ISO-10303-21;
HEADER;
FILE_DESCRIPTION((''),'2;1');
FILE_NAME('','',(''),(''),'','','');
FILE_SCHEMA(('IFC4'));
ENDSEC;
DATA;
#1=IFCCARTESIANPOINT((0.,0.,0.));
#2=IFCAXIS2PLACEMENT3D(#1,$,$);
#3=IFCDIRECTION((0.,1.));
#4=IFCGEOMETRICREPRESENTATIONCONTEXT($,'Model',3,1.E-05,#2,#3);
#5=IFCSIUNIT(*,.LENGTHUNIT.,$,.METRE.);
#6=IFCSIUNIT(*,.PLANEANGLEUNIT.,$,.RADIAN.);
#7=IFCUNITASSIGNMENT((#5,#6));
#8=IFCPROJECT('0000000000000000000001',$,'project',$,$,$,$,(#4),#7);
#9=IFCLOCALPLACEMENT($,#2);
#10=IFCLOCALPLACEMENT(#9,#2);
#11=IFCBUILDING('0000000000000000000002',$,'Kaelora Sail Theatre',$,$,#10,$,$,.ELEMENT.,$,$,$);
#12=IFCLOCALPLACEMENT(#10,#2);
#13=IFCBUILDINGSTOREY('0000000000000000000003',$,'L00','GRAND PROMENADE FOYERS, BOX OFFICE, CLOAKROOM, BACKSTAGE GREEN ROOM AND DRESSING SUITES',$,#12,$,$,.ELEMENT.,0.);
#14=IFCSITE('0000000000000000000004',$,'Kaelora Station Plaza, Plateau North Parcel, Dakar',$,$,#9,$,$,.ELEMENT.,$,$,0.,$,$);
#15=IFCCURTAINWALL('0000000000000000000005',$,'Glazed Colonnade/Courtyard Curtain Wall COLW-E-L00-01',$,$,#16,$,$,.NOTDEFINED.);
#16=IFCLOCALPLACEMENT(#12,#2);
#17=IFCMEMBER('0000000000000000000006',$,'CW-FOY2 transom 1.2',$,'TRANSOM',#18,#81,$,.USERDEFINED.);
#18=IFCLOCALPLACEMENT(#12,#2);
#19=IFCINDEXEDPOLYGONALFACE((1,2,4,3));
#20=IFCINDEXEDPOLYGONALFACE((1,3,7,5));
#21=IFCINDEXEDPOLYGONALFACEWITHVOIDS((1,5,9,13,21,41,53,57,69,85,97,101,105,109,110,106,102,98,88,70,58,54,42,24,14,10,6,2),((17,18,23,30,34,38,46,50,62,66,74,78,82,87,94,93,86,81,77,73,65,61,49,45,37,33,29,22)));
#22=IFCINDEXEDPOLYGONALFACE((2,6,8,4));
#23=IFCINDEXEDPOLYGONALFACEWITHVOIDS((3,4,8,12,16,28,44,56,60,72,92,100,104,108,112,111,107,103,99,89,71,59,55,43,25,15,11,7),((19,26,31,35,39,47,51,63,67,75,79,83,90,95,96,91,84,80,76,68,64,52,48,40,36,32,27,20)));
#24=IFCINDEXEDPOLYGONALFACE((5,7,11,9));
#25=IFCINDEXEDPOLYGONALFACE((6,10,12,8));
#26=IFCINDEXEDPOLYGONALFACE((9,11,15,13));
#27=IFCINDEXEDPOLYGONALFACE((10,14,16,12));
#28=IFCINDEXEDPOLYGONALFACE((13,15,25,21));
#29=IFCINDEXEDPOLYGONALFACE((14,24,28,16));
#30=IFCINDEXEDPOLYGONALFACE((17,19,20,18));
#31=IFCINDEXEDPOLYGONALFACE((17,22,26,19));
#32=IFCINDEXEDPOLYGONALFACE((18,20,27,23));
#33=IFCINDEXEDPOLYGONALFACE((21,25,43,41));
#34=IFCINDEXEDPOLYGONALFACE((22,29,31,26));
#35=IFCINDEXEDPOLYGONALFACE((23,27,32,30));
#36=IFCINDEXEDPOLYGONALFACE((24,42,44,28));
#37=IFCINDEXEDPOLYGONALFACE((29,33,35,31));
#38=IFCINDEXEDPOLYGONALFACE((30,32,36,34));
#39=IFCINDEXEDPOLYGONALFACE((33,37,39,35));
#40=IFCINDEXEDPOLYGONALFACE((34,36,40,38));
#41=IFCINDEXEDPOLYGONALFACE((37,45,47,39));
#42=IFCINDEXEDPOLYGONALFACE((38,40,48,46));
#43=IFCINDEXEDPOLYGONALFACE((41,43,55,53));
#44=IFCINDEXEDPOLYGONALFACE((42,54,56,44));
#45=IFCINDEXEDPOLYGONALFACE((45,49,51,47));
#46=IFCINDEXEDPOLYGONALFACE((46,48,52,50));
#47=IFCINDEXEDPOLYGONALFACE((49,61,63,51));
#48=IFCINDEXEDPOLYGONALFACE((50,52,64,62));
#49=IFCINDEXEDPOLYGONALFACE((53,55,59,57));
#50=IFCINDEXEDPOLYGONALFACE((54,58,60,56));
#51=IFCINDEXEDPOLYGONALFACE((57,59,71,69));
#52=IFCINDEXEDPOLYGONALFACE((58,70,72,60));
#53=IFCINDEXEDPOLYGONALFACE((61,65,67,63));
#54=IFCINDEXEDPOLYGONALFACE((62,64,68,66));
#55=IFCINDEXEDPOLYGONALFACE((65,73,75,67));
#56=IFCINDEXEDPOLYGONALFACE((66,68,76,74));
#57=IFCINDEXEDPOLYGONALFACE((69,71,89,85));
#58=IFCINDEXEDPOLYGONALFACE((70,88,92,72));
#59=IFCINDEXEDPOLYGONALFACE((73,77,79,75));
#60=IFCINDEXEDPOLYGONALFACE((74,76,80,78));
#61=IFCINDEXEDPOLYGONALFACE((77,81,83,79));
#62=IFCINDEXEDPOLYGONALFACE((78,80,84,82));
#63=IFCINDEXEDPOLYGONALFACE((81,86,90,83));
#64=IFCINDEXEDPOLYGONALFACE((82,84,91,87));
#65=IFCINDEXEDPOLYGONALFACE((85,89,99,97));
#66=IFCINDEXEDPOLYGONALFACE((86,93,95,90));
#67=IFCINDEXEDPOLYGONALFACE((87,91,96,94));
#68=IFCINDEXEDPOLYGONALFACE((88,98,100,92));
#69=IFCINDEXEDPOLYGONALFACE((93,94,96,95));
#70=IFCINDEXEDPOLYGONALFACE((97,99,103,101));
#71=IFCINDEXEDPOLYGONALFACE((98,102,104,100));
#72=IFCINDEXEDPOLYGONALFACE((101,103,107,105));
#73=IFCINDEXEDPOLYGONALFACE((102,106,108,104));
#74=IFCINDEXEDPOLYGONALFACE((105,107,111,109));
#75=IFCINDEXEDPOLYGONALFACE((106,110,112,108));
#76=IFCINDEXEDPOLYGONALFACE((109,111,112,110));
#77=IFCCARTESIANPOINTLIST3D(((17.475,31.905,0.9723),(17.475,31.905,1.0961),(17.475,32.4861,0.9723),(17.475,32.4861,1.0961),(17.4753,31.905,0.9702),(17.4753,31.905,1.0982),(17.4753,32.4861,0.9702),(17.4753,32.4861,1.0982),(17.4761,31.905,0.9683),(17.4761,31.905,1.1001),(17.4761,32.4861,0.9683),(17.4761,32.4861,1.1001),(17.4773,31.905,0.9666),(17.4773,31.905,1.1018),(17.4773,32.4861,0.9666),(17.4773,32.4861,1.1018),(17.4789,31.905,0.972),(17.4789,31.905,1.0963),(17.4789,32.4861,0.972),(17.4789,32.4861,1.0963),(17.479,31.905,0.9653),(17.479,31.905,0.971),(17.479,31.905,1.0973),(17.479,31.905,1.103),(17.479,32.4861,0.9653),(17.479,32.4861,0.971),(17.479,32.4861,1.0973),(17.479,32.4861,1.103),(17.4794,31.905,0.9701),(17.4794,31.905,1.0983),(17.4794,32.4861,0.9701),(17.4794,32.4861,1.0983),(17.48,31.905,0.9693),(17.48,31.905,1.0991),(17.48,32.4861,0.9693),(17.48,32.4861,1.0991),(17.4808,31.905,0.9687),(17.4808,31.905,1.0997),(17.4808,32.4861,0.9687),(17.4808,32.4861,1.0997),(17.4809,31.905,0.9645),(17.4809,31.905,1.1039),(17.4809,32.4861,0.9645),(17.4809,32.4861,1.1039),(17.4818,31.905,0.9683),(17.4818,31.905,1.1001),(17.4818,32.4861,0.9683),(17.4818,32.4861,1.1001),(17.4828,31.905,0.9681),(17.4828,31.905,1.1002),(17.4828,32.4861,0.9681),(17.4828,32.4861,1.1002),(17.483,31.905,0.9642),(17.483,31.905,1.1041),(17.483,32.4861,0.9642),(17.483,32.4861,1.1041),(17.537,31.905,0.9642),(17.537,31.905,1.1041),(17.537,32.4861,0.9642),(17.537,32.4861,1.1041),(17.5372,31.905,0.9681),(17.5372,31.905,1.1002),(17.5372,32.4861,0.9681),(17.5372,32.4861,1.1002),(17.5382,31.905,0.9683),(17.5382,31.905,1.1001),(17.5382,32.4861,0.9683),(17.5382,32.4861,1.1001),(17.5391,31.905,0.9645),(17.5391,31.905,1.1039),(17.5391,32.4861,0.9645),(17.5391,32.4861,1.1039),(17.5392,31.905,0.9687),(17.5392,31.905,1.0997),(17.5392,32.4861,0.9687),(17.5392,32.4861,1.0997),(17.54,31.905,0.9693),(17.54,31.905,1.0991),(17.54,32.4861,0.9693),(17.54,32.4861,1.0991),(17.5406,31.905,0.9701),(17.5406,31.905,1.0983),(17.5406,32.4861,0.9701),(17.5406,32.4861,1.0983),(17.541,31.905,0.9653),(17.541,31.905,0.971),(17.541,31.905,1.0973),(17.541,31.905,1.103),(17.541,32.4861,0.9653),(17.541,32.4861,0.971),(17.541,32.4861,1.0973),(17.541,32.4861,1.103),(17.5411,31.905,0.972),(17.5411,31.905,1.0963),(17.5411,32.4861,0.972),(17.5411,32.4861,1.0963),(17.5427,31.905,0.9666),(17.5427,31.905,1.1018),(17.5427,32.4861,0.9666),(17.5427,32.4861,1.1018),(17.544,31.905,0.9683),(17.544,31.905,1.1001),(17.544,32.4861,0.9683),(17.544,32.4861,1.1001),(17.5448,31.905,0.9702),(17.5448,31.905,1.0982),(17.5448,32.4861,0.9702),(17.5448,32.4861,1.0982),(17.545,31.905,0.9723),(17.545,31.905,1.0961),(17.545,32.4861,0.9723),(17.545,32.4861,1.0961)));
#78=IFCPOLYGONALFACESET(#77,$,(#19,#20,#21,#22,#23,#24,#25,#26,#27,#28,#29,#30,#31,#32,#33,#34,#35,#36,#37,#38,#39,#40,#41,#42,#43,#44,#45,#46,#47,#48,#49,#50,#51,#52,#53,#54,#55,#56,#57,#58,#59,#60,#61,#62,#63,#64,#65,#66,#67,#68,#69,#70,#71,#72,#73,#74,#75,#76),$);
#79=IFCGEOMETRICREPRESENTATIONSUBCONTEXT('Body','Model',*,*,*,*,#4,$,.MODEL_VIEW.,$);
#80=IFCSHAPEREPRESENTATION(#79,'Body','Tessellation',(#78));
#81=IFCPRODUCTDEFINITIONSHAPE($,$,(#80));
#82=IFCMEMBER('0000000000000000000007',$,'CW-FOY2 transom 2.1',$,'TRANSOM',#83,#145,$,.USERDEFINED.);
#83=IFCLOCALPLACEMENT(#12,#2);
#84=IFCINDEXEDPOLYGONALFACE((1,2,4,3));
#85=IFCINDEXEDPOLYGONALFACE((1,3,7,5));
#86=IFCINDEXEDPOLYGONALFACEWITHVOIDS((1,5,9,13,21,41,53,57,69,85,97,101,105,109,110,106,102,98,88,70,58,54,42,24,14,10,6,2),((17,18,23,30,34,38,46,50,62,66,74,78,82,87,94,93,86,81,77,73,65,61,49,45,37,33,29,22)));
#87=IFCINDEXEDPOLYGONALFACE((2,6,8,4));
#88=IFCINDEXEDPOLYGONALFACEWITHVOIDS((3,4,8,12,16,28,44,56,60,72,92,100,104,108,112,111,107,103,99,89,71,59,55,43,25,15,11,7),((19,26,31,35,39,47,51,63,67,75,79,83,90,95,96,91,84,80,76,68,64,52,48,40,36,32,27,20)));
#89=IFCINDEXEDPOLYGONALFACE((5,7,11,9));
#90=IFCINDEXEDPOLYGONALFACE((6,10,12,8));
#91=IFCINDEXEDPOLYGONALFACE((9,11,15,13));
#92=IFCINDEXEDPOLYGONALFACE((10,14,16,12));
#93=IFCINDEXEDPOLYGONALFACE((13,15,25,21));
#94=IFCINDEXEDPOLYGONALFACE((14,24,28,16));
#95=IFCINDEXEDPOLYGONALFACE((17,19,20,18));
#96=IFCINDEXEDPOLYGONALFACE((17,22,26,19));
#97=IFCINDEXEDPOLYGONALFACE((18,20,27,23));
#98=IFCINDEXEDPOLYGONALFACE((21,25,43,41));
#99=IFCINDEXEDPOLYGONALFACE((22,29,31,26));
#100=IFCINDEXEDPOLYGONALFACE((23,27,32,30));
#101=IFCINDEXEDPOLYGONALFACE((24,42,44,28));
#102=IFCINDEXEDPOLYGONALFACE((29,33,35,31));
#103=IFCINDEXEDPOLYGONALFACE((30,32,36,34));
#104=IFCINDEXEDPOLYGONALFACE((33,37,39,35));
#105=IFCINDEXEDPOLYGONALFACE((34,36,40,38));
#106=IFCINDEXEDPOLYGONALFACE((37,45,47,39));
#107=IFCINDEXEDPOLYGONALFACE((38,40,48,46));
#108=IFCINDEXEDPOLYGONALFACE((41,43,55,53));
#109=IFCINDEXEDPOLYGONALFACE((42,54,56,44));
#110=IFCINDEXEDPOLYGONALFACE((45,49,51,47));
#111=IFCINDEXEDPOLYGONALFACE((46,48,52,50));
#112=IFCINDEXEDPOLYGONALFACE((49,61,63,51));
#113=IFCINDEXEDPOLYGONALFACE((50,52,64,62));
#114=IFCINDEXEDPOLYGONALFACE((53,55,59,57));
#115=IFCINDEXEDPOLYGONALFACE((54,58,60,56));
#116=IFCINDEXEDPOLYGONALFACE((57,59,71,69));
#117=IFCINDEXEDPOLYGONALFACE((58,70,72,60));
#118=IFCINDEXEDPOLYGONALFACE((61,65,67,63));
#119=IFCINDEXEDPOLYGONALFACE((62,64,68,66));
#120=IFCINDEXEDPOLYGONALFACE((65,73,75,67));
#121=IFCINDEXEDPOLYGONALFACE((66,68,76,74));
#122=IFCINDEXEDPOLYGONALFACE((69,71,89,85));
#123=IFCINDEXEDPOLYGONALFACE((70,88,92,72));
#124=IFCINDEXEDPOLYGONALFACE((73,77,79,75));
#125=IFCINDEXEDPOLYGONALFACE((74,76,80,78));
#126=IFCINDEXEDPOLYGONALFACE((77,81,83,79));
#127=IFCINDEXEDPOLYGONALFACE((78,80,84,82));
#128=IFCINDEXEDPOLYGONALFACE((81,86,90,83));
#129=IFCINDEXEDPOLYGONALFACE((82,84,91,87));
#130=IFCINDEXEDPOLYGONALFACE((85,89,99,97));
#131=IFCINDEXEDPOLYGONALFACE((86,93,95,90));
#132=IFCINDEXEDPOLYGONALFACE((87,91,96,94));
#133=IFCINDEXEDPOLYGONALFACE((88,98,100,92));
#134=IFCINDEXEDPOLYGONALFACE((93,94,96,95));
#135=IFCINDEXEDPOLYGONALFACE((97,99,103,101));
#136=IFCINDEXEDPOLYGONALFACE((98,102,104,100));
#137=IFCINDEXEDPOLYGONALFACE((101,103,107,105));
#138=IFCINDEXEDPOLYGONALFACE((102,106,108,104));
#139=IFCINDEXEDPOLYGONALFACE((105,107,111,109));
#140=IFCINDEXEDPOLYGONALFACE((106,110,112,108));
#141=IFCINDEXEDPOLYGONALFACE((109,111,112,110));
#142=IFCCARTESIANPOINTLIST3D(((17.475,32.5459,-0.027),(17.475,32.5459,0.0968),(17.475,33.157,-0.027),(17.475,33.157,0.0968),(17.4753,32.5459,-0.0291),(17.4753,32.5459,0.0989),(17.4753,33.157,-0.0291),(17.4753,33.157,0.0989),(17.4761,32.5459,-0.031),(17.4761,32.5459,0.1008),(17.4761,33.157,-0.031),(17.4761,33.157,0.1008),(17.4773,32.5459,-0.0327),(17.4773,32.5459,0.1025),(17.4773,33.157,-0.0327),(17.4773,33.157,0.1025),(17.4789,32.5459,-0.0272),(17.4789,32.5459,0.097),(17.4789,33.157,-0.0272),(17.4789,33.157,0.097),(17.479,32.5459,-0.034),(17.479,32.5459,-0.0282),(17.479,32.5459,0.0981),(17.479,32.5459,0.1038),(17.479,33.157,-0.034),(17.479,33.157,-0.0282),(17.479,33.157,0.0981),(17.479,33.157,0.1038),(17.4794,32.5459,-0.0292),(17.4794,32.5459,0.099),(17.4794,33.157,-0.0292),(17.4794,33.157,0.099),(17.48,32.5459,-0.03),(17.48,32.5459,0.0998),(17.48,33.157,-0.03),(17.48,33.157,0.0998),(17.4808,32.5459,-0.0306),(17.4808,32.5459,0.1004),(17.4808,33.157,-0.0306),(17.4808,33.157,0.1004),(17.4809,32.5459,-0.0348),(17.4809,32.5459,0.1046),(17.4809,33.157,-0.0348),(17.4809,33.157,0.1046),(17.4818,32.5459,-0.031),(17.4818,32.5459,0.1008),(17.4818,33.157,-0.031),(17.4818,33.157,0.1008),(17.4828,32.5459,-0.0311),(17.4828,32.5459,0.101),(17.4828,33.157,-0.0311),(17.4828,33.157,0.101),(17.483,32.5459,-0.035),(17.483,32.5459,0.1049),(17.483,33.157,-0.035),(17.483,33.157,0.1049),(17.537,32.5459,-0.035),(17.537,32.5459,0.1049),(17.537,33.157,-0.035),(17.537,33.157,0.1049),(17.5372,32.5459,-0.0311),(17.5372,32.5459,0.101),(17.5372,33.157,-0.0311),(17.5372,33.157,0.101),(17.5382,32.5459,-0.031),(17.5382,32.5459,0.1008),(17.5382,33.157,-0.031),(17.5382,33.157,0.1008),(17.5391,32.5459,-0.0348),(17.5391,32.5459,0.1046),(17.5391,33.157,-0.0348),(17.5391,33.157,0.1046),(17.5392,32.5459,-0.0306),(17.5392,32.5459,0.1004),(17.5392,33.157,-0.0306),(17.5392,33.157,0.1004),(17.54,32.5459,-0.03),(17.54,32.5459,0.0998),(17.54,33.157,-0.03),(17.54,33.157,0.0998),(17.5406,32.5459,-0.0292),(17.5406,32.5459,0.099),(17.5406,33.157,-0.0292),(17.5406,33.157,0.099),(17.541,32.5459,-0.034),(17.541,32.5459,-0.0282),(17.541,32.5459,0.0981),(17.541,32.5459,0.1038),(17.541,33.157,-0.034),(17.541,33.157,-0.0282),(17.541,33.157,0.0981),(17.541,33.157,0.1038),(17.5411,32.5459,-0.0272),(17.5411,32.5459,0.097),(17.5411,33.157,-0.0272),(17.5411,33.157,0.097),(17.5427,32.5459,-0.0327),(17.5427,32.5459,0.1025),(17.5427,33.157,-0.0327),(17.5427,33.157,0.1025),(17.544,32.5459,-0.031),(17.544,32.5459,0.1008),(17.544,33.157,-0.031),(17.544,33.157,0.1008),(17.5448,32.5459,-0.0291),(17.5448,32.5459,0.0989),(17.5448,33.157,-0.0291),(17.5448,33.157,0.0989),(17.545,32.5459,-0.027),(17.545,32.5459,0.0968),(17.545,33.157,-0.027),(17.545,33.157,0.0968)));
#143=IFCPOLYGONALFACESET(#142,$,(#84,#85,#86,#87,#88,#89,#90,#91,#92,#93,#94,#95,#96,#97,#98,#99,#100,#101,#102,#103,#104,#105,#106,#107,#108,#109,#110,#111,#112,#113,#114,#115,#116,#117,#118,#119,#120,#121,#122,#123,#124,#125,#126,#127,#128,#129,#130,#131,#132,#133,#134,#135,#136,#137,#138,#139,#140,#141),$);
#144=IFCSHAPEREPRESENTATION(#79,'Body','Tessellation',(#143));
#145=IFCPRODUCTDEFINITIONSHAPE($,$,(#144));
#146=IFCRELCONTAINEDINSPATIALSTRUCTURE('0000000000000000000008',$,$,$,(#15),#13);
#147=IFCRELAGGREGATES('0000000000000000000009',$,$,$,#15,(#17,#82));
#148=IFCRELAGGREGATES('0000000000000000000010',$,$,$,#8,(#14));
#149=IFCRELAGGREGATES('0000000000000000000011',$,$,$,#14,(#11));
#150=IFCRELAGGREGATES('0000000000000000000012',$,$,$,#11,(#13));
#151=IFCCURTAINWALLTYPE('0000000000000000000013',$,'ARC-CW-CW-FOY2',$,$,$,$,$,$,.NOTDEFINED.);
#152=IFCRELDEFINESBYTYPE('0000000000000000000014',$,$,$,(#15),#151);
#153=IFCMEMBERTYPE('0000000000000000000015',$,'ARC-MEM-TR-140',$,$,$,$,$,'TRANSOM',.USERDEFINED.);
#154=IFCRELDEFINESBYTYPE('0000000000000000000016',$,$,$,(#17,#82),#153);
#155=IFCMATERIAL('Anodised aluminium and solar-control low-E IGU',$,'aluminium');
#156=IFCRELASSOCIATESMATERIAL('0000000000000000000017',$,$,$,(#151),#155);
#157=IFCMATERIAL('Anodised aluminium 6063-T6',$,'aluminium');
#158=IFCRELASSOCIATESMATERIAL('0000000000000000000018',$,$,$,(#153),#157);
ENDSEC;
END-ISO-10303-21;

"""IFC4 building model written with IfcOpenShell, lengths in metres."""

from ifc_helpers import new_model, si_unit, direction, frame, origin, origin_2d, place, context, subcontext, project, spatial, hollow_rectangle, extrude, material, material_profile, profile_set, type_object, element, aggregate, save


model = new_model("IFC4")

# Units and contexts
model_context = context("Model", 3, precision=1e-05, world=origin(), true_north=direction((0.0, 1.0)))
body_context = subcontext(model_context, "Body", "Model", "MODEL_VIEW")
ifc_project = project(units=[si_unit("LENGTHUNIT", "METRE"), si_unit("PLANEANGLEUNIT", "RADIAN")], contexts=[model_context])

# Site, building, storey
site_placement = place(None, origin())
site = spatial("IfcSite", under=ifc_project, at=site_placement, Name="Kaelora Station Plaza, Plateau North Parcel, Dakar", CompositionType="ELEMENT", RefElevation=0.0)
building_placement = place(site_placement, origin())
building = spatial("IfcBuilding", under=site, at=building_placement, Name="Kaelora Sail Theatre", CompositionType="ELEMENT")
storey_placement = place(building_placement, origin())
storey = spatial("IfcBuildingStorey", under=building, at=storey_placement, Name="L00", Description="GRAND PROMENADE FOYERS, BOX OFFICE, CLOAKROOM, BACKSTAGE GREEN ROOM AND DRESSING SUITES", CompositionType="ELEMENT", Elevation=0.0)

# Curtain wall, members
ifc_material_1 = material(Name="Anodised aluminium and solar-control low-E IGU", Category="aluminium")
curtain_wall_type = type_object("IfcCurtainWallType", Name="ARC-CW-CW-FOY2", PredefinedType="NOTDEFINED", material=ifc_material_1)
curtain_wall_placement = place(storey_placement, origin())
curtain_wall = element("IfcCurtainWall", 1, at=curtain_wall_placement, inside=storey, type_object=curtain_wall_type, Name="Glazed Colonnade/Courtyard Curtain Wall COLW-E-L00-01", PredefinedType="NOTDEFINED")
ifc_material_2 = material(Name="Anodised aluminium 6063-T6", Category="aluminium")
ifc_material_profile_1 = material_profile(ifc_material_2, hollow_rectangle(XDim=0.0701, YDim=0.1399, WallThickness=0.0039, InnerFilletRadius=0.0039, OuterFilletRadius=0.0081, at=origin_2d()), Name="ALU-TRAN 70x140x4")
ifc_profile_set_1 = profile_set([ifc_material_profile_1], Name="Anodised aluminium 6063-T6")
member_type_1 = type_object("IfcMemberType", Name="ARC-MEM-TR-140", ElementType="TRANSOM", PredefinedType="USERDEFINED", material=ifc_profile_set_1)
member_1_placement = place(storey_placement, frame((17.51, 31.905, 1.0342), z_axis=(0.0, 1.0, 0.0), x_axis=(-1.0, 0.0, 0.0)))
member_1 = element("IfcMember", 2, at=member_1_placement, type_object=member_type_1, Name="CW-FOY2 transom 1.2", ObjectType="TRANSOM", PredefinedType="USERDEFINED", context=body_context, shape_type="SweptSolid", body=[
    extrude(hollow_rectangle(XDim=0.0701, YDim=0.1399, WallThickness=0.0039, InnerFilletRadius=0.0039, OuterFilletRadius=0.0081, at=origin_2d()), origin(), (0.0, 0.0, 1.0), 0.5811),
])
member_2_placement = place(storey_placement, frame((17.51, 32.5459, 0.0349), z_axis=(0.0, 1.0, 0.0), x_axis=(-1.0, 0.0, 0.0)))
member_2 = element("IfcMember", 3, at=member_2_placement, type_object=member_type_1, Name="CW-FOY2 transom 2.1", ObjectType="TRANSOM", PredefinedType="USERDEFINED", context=body_context, shape_type="SweptSolid", body=[
    extrude(hollow_rectangle(XDim=0.0701, YDim=0.1399, WallThickness=0.0039, InnerFilletRadius=0.0039, OuterFilletRadius=0.0081, at=origin_2d()), origin(), (0.0, 0.0, 1.0), 0.6111),
])
aggregate(curtain_wall, [member_1, member_2])

save(model, "model.ifc")
